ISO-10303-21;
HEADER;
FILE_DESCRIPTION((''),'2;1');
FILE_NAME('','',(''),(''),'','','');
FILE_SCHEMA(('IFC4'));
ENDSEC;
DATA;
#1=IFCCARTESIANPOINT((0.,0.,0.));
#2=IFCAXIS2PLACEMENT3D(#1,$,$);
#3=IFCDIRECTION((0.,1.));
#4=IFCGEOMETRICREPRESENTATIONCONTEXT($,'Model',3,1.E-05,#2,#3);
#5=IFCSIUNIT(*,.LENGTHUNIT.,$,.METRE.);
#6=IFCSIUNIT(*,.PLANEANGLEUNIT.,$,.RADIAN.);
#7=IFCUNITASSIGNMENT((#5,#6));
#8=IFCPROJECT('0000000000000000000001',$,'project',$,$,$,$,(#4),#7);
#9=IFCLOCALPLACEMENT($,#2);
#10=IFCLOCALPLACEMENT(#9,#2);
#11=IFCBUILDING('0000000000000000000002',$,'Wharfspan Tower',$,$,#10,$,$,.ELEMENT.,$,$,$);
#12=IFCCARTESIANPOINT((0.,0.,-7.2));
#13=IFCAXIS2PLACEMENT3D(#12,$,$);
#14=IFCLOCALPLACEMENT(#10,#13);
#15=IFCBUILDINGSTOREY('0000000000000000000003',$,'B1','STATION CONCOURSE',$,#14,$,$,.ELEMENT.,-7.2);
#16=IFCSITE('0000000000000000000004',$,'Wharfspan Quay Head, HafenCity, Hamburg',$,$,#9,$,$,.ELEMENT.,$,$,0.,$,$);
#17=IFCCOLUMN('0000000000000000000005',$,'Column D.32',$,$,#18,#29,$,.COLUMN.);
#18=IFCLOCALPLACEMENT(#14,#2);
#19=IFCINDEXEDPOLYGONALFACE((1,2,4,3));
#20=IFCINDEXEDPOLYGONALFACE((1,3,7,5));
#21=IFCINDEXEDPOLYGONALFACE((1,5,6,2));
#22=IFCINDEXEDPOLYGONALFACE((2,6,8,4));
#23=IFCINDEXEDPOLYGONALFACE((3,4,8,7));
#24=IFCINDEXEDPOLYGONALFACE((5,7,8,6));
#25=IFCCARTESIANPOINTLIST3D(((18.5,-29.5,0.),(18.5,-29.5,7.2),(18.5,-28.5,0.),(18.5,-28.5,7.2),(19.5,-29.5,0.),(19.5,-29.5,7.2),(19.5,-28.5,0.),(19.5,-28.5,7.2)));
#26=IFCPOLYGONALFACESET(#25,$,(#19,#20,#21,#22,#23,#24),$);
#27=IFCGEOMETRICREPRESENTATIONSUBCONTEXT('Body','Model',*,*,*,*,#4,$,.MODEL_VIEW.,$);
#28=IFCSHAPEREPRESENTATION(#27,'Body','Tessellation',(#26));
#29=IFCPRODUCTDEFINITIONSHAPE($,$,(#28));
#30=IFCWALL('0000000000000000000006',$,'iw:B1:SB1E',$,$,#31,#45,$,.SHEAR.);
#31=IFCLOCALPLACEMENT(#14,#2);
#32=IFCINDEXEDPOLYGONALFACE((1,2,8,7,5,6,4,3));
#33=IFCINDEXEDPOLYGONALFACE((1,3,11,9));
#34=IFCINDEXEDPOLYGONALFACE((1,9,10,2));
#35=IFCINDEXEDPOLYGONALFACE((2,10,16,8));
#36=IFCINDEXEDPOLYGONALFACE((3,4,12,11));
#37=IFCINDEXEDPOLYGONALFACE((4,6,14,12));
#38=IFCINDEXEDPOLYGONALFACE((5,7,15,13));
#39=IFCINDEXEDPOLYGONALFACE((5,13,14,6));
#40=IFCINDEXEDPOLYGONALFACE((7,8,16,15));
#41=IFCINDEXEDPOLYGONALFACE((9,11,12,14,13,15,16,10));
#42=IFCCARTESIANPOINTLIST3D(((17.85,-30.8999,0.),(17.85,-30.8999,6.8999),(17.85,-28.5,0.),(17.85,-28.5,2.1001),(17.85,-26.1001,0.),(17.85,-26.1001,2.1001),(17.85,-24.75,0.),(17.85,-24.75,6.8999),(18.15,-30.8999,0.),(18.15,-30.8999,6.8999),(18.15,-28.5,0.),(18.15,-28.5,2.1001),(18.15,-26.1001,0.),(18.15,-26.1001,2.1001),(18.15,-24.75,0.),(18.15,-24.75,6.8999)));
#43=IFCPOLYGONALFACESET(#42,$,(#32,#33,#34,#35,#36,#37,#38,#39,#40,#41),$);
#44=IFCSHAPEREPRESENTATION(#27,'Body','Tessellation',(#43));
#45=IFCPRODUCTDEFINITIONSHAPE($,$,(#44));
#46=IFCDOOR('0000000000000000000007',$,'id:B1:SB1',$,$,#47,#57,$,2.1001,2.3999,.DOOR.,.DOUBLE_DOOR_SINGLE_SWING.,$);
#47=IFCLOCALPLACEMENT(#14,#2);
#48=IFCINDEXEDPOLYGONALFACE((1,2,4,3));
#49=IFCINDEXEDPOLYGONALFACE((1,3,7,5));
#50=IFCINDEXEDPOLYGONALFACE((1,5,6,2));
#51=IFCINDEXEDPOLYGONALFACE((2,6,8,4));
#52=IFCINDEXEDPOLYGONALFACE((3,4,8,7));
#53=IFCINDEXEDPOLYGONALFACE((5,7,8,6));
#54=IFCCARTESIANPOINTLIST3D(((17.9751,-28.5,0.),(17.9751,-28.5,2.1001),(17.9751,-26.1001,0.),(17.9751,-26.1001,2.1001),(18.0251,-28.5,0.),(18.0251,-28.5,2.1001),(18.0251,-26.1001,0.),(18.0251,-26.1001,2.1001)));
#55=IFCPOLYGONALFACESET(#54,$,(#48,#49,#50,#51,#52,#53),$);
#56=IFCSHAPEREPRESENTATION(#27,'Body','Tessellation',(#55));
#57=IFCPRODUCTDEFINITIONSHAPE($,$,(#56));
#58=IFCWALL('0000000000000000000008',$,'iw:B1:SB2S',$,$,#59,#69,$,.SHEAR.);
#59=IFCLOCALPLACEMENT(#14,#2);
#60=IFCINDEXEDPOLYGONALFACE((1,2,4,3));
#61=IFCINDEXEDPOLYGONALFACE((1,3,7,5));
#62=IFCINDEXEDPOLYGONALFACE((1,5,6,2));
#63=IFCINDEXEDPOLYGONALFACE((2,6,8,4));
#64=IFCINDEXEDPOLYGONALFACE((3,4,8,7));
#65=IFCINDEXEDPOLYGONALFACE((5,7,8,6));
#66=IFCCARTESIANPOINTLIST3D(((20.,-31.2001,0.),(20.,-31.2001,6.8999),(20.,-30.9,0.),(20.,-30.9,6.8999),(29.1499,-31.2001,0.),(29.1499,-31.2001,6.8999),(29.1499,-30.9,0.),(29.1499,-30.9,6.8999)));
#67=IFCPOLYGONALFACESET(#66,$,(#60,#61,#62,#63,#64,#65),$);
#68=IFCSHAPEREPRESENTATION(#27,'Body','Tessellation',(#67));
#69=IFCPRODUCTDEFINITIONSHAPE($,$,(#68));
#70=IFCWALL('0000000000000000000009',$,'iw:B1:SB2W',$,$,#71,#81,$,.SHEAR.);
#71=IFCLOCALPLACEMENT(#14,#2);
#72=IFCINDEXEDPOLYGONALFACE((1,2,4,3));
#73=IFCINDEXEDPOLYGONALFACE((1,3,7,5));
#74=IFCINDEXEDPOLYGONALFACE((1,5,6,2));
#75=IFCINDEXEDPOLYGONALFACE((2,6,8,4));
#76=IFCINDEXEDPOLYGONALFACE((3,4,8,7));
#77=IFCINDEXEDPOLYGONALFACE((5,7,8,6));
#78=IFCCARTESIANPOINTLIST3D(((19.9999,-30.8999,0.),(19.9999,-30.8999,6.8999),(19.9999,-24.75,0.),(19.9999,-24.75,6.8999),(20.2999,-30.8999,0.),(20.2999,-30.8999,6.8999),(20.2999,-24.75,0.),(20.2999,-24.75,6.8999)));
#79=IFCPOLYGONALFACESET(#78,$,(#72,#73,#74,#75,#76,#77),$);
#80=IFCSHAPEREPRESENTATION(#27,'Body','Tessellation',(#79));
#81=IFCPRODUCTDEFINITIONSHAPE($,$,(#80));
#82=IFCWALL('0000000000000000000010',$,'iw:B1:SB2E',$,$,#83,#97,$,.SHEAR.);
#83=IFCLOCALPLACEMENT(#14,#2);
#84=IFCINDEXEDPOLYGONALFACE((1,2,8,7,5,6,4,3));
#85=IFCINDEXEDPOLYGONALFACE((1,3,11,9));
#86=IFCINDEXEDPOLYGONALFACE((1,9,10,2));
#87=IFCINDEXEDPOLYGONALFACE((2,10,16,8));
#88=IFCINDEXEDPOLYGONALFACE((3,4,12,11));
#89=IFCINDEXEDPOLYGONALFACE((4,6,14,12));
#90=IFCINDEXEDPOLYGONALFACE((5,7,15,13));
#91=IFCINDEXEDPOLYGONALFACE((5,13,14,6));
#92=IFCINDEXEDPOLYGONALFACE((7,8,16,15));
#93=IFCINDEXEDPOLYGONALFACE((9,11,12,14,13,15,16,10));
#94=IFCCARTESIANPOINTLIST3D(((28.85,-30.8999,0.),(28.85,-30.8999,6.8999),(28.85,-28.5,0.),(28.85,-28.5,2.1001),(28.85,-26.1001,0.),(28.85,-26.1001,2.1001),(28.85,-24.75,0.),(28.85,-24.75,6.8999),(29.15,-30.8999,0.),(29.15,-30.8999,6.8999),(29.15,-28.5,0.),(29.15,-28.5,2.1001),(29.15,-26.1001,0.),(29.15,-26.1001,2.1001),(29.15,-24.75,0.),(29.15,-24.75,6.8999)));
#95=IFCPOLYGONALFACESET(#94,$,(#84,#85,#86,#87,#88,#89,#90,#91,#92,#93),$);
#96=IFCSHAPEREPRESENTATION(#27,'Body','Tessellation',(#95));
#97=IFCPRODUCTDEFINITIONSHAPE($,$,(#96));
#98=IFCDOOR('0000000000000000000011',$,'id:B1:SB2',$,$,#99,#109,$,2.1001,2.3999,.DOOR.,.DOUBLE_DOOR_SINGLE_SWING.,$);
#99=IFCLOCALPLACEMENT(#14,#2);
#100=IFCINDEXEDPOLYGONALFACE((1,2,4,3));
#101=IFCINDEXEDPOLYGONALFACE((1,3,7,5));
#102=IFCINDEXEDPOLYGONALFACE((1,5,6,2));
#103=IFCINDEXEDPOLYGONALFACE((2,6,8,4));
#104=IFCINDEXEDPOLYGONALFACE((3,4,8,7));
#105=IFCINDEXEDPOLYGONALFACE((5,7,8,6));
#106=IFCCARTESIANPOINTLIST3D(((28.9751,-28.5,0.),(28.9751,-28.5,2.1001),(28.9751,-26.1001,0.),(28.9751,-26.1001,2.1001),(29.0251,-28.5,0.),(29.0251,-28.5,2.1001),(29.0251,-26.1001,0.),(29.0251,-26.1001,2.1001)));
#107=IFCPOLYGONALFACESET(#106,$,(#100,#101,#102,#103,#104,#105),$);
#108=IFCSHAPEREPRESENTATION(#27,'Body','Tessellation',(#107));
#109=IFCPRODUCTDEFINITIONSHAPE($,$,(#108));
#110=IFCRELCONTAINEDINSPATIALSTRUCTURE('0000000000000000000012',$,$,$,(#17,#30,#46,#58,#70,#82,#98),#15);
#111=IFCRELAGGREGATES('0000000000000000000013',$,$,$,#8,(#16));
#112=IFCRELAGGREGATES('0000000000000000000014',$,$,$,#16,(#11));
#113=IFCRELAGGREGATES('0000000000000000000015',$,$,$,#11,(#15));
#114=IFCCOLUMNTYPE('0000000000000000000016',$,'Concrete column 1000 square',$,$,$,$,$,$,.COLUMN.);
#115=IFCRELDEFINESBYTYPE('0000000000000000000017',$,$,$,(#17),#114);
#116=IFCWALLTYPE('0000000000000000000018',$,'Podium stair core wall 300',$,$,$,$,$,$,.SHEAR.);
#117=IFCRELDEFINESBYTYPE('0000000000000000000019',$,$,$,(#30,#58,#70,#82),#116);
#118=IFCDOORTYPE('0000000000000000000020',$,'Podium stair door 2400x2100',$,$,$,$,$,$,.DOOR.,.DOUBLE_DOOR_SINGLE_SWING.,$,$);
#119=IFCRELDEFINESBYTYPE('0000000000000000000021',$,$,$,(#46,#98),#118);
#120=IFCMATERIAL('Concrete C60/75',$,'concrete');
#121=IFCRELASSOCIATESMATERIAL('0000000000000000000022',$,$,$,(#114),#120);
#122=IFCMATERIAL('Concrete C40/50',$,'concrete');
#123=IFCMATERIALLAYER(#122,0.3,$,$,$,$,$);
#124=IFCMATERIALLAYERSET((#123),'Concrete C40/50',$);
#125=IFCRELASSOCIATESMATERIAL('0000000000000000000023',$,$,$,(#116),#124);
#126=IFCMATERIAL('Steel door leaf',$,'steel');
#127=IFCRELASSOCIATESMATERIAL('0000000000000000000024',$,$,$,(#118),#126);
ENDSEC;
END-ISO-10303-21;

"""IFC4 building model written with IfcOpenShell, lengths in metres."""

from ifc_helpers import new_model, si_unit, direction, frame, frame_2d, origin, origin_2d, place, context, subcontext, project, spatial, rectangle, extrude, material, layer, layer_set, material_profile, profile_set, type_object, element, fill, save


model = new_model("IFC4")

# Units and contexts
model_context = context("Model", 3, precision=1e-05, world=origin(), true_north=direction((0.0, 1.0)))
body_context = subcontext(model_context, "Body", "Model", "MODEL_VIEW")
ifc_project = project(units=[si_unit("LENGTHUNIT", "METRE"), si_unit("PLANEANGLEUNIT", "RADIAN")], contexts=[model_context])

# Site, building, storey
site_placement = place(None, origin())
site = spatial("IfcSite", under=ifc_project, at=site_placement, Name="Wharfspan Quay Head, HafenCity, Hamburg", CompositionType="ELEMENT", RefElevation=0.0)
building_placement = place(site_placement, origin())
building = spatial("IfcBuilding", under=site, at=building_placement, Name="Wharfspan Tower", CompositionType="ELEMENT")
storey_placement = place(building_placement, frame((0.0, 0.0, -7.2)))
storey = spatial("IfcBuildingStorey", under=building, at=storey_placement, Name="B1", Description="STATION CONCOURSE", CompositionType="ELEMENT", Elevation=-7.2)

# Column
ifc_material_1 = material(Name="Concrete C60/75", Category="concrete")
ifc_material_profile = material_profile(ifc_material_1, rectangle(XDim=1.0, YDim=1.0, at=origin_2d()))
ifc_profile_set = profile_set([ifc_material_profile], Name="Concrete C60/75")
column_type = type_object("IfcColumnType", Name="Concrete column 1000 square", PredefinedType="COLUMN", material=ifc_profile_set)
column_placement = place(storey_placement, frame((19.0, -29.0, 0.0), z_axis=(0.0, 0.0, 1.0), x_axis=(1.0, 0.0, 0.0)))
element("IfcColumn", 1, at=column_placement, inside=storey, type_object=column_type, Name="Column D.32", PredefinedType="COLUMN", context=body_context, shape_type="SweptSolid", body=[
    extrude(rectangle(XDim=1.0, YDim=1.0, at=origin_2d()), origin(), (0.0, 0.0, 1.0), 7.2),
])

# Wall, opening, door
ifc_material_2 = material(Name="Concrete C40/50", Category="concrete")
ifc_layer = layer(ifc_material_2, 0.3)
ifc_layer_set = layer_set([ifc_layer], Name="Concrete C40/50")
wall_type = type_object("IfcWallType", Name="Podium stair core wall 300", PredefinedType="SHEAR", material=ifc_layer_set)
wall_1_placement = place(storey_placement, frame((18.0, -30.8999, 0.0), z_axis=(0.0, 0.0, 1.0), x_axis=(0.0, 1.0, 0.0)))
wall_1 = element("IfcWall", 2, at=wall_1_placement, inside=storey, type_object=wall_type, Name="iw:B1:SB1E", PredefinedType="SHEAR", context=body_context, shape_type="SweptSolid", body=[
    extrude(rectangle(XDim=6.1499, YDim=0.3, at=frame_2d((3.075, 0.0))), origin(), (0.0, 0.0, 1.0), 6.8999),
])
opening_1_placement = place(wall_1_placement, frame((2.3999, 0.0, 0.0)))
opening_1 = element("IfcOpeningElement", 3, at=opening_1_placement, cuts=wall_1, PredefinedType="OPENING", context=body_context, shape_type="SweptSolid", body=[
    extrude(rectangle(XDim=2.3999, YDim=2.1001, at=frame_2d((1.2, 1.05))), frame((0.0, 0.1599, 0.0), z_axis=(0.0, -1.0, 0.0), x_axis=(1.0, 0.0, 0.0)), (0.0, 0.0, 1.0), 0.3201),
])
ifc_material_3 = material(Name="Steel door leaf", Category="steel")
door_type = type_object("IfcDoorType", Name="Podium stair door 2400x2100", OperationType="DOUBLE_DOOR_SINGLE_SWING", PredefinedType="DOOR", material=ifc_material_3)
door_1_placement = place(opening_1_placement, origin())
door_1 = element("IfcDoor", 4, at=door_1_placement, inside=storey, type_object=door_type, Name="id:B1:SB1", OperationType="DOUBLE_DOOR_SINGLE_SWING", OverallHeight=2.1001, OverallWidth=2.3999, PredefinedType="DOOR", context=body_context, shape_type="SweptSolid", body=[
    extrude(rectangle(XDim=2.3999, YDim=2.1001, at=frame_2d((1.2, 1.05))), frame((0.0, 0.0249, 0.0), z_axis=(0.0, -1.0, 0.0), x_axis=(1.0, 0.0, 0.0)), (0.0, 0.0, 1.0), 0.05),
])
fill(opening_1, door_1)

# Walls
wall_2_placement = place(storey_placement, frame((20.0, -31.05, 0.0), z_axis=(0.0, 0.0, 1.0), x_axis=(1.0, 0.0, 0.0)))
element("IfcWall", 5, at=wall_2_placement, inside=storey, type_object=wall_type, Name="iw:B1:SB2S", PredefinedType="SHEAR", context=body_context, shape_type="SweptSolid", body=[
    extrude(rectangle(XDim=9.1499, YDim=0.3, at=frame_2d((4.575, 0.0))), origin(), (0.0, 0.0, 1.0), 6.8999),
])
wall_3_placement = place(storey_placement, frame((20.1499, -30.8999, 0.0), z_axis=(0.0, 0.0, 1.0), x_axis=(0.0, 1.0, 0.0)))
element("IfcWall", 6, at=wall_3_placement, inside=storey, type_object=wall_type, Name="iw:B1:SB2W", PredefinedType="SHEAR", context=body_context, shape_type="SweptSolid", body=[
    extrude(rectangle(XDim=6.1499, YDim=0.3, at=frame_2d((3.075, 0.0))), origin(), (0.0, 0.0, 1.0), 6.8999),
])

# Wall, opening, door
wall_4_placement = place(storey_placement, frame((29.0, -30.8999, 0.0), z_axis=(0.0, 0.0, 1.0), x_axis=(0.0, 1.0, 0.0)))
wall_4 = element("IfcWall", 7, at=wall_4_placement, inside=storey, type_object=wall_type, Name="iw:B1:SB2E", PredefinedType="SHEAR", context=body_context, shape_type="SweptSolid", body=[
    extrude(rectangle(XDim=6.1499, YDim=0.3, at=frame_2d((3.075, 0.0))), origin(), (0.0, 0.0, 1.0), 6.8999),
])
opening_2_placement = place(wall_4_placement, frame((2.3999, 0.0, 0.0)))
opening_2 = element("IfcOpeningElement", 8, at=opening_2_placement, cuts=wall_4, PredefinedType="OPENING", context=body_context, shape_type="SweptSolid", body=[
    extrude(rectangle(XDim=2.3999, YDim=2.1001, at=frame_2d((1.2, 1.05))), frame((0.0, 0.1599, 0.0), z_axis=(0.0, -1.0, 0.0), x_axis=(1.0, 0.0, 0.0)), (0.0, 0.0, 1.0), 0.3201),
])
door_2_placement = place(opening_2_placement, origin())
door_2 = element("IfcDoor", 9, at=door_2_placement, inside=storey, type_object=door_type, Name="id:B1:SB2", OperationType="DOUBLE_DOOR_SINGLE_SWING", OverallHeight=2.1001, OverallWidth=2.3999, PredefinedType="DOOR", context=body_context, shape_type="SweptSolid", body=[
    extrude(rectangle(XDim=2.3999, YDim=2.1001, at=frame_2d((1.2, 1.05))), frame((0.0, 0.0249, 0.0), z_axis=(0.0, -1.0, 0.0), x_axis=(1.0, 0.0, 0.0)), (0.0, 0.0, 1.0), 0.05),
])
fill(opening_2, door_2)

save(model, "model.ifc")
